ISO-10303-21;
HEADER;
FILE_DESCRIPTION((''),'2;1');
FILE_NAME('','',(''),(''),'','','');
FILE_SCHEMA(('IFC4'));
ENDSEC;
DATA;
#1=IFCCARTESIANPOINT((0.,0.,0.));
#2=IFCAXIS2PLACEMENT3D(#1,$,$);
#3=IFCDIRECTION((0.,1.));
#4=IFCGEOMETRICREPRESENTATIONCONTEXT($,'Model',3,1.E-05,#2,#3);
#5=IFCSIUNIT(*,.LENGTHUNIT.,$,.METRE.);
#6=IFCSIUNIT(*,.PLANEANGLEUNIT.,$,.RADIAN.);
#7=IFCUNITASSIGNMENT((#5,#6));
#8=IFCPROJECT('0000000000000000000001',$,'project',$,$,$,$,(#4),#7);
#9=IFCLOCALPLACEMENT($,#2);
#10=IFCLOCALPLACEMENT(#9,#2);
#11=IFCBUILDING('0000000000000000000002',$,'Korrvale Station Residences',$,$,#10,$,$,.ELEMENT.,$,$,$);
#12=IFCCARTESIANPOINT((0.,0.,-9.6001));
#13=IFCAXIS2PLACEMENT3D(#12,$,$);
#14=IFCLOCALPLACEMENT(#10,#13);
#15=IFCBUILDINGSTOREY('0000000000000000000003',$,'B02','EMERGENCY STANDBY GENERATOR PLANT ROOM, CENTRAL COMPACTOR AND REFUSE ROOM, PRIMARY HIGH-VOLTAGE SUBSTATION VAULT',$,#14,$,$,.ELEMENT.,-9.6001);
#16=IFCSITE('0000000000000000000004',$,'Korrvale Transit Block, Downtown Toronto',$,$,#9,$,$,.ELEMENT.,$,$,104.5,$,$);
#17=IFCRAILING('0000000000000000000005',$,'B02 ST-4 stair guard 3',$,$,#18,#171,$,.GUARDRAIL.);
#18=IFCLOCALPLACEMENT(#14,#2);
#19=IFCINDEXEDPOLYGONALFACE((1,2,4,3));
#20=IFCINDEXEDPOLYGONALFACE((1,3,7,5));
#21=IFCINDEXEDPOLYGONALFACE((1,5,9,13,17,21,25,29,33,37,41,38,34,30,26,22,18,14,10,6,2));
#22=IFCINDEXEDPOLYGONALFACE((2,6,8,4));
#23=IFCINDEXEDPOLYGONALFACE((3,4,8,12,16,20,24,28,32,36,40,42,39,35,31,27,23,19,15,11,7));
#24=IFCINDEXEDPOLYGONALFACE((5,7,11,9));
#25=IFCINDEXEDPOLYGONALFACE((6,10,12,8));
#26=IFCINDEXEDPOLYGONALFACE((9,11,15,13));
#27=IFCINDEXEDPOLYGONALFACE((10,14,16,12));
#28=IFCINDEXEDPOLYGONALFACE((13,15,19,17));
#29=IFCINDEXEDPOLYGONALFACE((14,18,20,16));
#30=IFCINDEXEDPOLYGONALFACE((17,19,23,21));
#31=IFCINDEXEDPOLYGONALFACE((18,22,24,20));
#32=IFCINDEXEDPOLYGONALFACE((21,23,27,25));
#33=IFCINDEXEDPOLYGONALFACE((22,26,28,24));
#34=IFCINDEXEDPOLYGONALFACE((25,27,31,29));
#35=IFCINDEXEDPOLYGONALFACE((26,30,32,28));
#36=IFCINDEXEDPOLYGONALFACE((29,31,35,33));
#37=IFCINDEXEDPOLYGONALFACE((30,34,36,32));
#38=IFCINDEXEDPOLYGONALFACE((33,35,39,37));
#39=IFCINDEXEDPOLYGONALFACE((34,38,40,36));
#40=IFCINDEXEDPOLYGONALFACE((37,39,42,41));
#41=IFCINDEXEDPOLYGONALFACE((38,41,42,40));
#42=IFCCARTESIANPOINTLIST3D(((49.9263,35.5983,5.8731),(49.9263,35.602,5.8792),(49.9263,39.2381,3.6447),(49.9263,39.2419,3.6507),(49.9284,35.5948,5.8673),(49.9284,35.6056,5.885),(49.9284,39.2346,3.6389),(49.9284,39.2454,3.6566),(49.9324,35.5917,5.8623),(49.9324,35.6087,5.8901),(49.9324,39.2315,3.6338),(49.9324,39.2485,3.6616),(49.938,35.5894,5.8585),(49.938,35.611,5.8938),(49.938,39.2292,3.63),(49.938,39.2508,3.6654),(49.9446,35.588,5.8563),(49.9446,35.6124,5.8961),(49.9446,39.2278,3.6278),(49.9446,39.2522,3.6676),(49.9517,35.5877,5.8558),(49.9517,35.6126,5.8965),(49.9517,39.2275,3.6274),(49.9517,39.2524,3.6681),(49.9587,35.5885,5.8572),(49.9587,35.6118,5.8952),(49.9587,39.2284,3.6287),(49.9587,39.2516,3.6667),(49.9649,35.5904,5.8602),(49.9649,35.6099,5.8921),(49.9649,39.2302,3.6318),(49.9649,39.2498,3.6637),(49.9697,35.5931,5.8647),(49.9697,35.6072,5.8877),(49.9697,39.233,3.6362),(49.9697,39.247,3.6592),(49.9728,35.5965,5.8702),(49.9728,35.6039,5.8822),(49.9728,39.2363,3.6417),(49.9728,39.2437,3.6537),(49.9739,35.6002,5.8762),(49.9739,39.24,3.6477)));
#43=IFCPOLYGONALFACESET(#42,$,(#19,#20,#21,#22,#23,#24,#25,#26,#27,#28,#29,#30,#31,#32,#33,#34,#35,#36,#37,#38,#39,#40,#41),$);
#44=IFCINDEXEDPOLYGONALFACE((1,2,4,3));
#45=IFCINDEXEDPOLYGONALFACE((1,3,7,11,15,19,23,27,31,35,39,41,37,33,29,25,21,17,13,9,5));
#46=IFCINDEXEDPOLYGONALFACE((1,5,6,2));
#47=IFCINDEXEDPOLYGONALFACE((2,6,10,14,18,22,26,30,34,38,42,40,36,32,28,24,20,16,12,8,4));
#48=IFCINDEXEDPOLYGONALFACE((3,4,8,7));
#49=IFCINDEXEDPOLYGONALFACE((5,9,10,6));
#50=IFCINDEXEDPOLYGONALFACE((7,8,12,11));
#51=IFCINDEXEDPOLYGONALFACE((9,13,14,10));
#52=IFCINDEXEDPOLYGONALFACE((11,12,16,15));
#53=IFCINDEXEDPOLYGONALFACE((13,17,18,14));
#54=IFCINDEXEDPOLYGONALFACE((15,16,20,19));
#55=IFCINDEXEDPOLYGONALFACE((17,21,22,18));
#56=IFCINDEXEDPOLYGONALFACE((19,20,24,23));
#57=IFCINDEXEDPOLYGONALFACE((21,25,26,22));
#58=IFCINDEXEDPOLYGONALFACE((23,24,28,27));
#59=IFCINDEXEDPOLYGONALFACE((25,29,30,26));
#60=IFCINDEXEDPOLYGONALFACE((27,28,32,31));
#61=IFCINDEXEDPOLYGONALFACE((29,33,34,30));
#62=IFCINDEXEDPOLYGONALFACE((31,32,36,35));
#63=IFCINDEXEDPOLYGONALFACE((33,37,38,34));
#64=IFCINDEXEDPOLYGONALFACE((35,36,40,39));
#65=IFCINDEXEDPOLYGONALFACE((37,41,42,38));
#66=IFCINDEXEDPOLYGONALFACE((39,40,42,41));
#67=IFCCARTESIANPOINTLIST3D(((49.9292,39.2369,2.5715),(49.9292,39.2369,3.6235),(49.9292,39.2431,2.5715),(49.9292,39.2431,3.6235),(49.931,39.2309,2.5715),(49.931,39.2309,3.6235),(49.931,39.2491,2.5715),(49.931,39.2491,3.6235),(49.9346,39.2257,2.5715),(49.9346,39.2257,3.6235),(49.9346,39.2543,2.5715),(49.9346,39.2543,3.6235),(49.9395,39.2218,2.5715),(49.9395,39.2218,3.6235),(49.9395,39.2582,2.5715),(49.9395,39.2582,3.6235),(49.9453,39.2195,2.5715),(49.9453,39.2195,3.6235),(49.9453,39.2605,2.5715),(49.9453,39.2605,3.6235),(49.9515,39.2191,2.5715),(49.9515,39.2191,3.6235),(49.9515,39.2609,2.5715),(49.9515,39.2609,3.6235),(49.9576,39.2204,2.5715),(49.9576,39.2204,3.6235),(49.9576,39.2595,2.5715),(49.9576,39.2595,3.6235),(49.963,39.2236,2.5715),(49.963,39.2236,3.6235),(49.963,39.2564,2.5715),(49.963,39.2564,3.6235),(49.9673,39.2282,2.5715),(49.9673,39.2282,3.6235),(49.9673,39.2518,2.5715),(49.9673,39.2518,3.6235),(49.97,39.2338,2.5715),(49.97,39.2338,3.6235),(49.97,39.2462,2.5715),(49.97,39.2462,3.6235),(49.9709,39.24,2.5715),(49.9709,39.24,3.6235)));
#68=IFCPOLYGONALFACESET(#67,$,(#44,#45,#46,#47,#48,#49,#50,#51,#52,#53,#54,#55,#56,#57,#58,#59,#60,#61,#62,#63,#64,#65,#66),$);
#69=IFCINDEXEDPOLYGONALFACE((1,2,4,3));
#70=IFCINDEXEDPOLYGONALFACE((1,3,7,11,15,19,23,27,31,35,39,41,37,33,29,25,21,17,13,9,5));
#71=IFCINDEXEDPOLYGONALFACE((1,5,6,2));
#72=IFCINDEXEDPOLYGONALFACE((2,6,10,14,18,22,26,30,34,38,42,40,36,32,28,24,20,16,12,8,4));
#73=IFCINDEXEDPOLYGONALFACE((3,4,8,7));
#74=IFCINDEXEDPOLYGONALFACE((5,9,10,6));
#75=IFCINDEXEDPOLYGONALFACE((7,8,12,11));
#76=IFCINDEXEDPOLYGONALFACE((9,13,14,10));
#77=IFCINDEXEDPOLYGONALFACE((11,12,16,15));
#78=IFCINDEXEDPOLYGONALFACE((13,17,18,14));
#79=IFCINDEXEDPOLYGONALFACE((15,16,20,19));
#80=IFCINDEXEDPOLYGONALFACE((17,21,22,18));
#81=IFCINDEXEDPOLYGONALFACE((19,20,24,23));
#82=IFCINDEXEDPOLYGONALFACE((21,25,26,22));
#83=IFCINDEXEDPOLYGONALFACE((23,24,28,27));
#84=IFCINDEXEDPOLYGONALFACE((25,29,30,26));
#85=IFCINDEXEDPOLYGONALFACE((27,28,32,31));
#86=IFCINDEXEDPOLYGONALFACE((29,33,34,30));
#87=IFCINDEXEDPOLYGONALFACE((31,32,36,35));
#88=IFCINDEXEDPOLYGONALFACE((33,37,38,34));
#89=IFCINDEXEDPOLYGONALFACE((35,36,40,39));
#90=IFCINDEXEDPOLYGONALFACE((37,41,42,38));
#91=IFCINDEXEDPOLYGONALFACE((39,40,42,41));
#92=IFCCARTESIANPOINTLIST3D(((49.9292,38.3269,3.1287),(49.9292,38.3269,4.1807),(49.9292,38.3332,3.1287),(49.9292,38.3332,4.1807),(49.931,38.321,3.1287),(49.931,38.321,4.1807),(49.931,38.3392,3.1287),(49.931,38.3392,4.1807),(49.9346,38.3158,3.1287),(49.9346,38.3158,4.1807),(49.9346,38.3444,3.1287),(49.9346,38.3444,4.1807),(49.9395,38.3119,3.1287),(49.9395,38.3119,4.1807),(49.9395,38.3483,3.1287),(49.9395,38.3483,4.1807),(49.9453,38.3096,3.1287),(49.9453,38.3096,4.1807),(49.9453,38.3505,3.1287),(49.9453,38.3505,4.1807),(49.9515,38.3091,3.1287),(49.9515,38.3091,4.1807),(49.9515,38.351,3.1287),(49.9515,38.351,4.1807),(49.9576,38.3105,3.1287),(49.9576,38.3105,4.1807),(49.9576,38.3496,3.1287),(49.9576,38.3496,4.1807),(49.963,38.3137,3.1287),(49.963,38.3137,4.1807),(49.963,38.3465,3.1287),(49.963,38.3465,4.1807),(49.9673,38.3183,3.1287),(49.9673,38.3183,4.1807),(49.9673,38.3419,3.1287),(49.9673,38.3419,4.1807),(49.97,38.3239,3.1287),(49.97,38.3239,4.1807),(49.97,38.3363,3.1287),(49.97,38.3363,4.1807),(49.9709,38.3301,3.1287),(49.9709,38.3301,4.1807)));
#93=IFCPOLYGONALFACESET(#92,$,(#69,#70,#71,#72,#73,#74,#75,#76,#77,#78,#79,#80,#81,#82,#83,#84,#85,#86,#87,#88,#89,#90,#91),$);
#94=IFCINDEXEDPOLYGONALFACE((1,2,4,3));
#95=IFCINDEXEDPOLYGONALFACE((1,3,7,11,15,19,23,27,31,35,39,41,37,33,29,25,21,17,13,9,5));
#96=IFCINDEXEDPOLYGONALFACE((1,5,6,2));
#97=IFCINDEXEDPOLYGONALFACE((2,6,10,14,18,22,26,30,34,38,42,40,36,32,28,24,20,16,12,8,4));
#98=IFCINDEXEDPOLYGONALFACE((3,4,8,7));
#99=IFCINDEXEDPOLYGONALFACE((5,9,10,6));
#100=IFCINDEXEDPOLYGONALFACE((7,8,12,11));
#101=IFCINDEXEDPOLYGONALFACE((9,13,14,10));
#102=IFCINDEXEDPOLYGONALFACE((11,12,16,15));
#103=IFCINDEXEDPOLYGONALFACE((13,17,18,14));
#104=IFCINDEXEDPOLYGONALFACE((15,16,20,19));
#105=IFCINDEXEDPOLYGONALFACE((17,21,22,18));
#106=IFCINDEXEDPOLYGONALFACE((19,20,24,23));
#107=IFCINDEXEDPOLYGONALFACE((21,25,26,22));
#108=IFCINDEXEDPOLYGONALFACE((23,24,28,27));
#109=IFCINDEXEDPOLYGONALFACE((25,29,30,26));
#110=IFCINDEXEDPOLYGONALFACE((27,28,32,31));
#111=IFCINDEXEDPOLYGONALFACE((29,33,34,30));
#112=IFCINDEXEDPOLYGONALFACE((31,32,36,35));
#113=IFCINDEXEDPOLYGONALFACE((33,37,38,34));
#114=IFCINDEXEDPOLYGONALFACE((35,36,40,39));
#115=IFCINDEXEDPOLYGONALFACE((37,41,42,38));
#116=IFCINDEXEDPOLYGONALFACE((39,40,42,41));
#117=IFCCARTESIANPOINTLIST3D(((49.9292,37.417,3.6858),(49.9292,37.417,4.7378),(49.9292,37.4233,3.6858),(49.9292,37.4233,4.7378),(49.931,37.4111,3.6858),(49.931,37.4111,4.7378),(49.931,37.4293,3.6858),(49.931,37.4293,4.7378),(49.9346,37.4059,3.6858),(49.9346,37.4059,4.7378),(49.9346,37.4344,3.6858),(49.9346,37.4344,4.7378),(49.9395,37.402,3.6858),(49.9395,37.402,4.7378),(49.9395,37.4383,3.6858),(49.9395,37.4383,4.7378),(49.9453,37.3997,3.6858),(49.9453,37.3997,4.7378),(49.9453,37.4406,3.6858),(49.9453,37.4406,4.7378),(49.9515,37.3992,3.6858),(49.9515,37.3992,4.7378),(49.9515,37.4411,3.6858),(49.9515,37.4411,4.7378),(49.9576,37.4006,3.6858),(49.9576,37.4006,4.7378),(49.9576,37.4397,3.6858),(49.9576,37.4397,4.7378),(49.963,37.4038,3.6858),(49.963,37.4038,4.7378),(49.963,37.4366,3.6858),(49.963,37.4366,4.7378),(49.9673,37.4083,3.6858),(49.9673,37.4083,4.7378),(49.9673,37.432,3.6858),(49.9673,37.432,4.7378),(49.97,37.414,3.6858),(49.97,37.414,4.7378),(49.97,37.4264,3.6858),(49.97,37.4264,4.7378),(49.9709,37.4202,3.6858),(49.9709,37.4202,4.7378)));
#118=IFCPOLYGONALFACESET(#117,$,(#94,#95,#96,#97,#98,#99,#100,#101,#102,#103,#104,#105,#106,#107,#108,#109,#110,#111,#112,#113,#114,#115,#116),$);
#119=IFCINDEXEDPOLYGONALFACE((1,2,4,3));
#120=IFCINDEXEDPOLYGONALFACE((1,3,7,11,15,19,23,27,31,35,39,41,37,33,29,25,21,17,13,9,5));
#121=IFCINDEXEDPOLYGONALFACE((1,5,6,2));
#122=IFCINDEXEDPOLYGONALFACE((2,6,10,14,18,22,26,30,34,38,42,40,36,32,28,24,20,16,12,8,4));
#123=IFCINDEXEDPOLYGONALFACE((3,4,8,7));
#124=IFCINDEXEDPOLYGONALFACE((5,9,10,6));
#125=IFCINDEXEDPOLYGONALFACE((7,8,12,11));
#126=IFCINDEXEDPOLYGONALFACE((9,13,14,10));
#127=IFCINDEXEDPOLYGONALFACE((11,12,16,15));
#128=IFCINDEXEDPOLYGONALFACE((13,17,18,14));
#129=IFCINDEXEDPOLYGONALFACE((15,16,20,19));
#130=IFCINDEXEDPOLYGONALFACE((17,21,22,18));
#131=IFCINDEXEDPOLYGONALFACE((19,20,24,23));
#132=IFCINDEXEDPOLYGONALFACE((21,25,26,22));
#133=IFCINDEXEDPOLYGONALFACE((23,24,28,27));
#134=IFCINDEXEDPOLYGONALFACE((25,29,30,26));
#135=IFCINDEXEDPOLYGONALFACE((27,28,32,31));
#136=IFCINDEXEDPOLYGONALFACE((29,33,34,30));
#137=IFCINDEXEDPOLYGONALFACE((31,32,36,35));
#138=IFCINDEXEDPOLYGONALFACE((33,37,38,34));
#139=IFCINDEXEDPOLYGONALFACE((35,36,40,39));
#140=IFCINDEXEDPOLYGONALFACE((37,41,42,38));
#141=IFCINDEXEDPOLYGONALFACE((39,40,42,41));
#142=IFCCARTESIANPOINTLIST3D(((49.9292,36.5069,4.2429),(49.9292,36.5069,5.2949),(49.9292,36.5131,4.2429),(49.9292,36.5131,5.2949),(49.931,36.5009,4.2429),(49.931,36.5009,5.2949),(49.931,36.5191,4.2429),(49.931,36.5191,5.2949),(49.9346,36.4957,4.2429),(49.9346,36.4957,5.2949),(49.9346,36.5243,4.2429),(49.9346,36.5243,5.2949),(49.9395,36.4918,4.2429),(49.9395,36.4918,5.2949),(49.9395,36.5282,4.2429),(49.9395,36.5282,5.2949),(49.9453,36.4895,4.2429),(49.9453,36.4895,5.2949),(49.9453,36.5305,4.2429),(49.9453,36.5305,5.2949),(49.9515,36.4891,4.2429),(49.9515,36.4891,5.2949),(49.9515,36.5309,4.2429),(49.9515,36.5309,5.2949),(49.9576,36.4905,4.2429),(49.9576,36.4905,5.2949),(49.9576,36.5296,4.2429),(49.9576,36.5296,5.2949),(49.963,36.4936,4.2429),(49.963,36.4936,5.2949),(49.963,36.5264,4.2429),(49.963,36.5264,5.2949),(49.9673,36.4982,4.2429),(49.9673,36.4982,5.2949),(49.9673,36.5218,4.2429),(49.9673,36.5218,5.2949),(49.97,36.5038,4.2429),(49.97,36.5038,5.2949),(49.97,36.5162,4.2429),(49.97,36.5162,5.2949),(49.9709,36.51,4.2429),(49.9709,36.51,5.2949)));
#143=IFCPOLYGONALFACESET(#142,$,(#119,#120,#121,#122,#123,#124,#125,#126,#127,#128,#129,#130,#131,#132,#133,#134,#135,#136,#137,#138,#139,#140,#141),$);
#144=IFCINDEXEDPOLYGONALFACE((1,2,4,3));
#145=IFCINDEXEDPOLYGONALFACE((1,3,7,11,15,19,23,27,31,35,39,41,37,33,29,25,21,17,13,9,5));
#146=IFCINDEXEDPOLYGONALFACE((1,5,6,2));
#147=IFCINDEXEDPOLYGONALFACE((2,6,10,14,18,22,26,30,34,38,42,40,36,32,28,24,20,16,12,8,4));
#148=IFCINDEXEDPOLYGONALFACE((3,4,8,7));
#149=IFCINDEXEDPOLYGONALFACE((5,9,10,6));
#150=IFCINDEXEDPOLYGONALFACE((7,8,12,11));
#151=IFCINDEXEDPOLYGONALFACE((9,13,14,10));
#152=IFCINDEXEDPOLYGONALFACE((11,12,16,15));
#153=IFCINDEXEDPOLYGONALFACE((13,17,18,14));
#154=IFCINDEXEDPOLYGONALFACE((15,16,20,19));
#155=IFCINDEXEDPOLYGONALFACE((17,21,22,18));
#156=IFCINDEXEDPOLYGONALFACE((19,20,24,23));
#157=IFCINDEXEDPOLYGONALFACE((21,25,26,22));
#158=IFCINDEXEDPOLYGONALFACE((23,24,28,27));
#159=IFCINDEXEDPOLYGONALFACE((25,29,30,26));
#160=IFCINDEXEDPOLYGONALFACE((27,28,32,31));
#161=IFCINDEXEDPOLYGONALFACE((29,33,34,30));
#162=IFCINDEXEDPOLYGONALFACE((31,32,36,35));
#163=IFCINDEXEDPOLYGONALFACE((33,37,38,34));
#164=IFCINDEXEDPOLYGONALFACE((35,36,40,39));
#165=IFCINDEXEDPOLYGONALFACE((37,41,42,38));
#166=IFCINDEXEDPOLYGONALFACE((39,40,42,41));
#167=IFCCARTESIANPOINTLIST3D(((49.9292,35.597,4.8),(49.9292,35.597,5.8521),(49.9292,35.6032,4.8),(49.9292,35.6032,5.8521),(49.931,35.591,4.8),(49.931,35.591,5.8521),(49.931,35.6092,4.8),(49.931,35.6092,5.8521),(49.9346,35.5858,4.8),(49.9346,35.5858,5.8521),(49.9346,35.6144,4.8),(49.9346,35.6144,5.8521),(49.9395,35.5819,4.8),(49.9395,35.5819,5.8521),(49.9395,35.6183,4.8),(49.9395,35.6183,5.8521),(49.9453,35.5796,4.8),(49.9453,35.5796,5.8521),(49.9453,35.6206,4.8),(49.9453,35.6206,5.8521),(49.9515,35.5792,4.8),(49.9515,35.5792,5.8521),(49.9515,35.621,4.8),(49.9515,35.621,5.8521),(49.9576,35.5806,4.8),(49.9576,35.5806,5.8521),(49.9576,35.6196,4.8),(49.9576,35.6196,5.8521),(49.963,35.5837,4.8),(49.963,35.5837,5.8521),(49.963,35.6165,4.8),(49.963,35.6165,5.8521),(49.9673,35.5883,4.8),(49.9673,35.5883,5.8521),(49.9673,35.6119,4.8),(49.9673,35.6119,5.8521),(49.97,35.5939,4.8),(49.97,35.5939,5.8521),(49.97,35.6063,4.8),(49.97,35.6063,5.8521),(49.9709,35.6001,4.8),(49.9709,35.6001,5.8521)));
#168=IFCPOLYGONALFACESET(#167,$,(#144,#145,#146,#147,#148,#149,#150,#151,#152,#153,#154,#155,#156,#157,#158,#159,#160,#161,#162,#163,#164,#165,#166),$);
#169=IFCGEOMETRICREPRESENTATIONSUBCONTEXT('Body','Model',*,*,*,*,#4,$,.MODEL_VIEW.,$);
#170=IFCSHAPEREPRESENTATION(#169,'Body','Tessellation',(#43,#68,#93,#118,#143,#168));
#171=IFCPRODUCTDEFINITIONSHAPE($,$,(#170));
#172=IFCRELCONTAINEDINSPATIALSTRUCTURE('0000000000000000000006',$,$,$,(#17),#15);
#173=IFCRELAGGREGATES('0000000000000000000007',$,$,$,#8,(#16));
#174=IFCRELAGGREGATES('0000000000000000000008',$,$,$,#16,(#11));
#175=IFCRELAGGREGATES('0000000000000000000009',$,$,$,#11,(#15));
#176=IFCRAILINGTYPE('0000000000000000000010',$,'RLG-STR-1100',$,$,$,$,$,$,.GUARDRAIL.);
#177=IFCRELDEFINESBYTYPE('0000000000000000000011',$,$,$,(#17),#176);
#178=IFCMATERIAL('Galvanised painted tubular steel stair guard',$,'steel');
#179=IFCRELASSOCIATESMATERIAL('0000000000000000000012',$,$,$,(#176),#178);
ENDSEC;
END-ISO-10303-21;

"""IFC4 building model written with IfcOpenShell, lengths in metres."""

from ifc_helpers import new_model, si_unit, direction, frame, origin, origin_2d, place, context, subcontext, project, spatial, circle, extrude, material, type_object, element, save


model = new_model("IFC4")

# Units and contexts
model_context = context("Model", 3, precision=1e-05, world=origin(), true_north=direction((0.0, 1.0)))
body_context = subcontext(model_context, "Body", "Model", "MODEL_VIEW")
ifc_project = project(units=[si_unit("LENGTHUNIT", "METRE"), si_unit("PLANEANGLEUNIT", "RADIAN")], contexts=[model_context])

# Site, building, storey
site_placement = place(None, origin())
site = spatial("IfcSite", under=ifc_project, at=site_placement, Name="Korrvale Transit Block, Downtown Toronto", CompositionType="ELEMENT", RefElevation=104.5)
building_placement = place(site_placement, origin())
building = spatial("IfcBuilding", under=site, at=building_placement, Name="Korrvale Station Residences", CompositionType="ELEMENT")
storey_placement = place(building_placement, frame((0.0, 0.0, -9.6001)))
storey = spatial("IfcBuildingStorey", under=building, at=storey_placement, Name="B02", Description="EMERGENCY STANDBY GENERATOR PLANT ROOM, CENTRAL COMPACTOR AND REFUSE ROOM, PRIMARY HIGH-VOLTAGE SUBSTATION VAULT", CompositionType="ELEMENT", Elevation=-9.6001)

# Railing
ifc_material_1 = material(Name="Galvanised painted tubular steel stair guard", Category="steel")
railing_type_1 = type_object("IfcRailingType", Name="RLG-STR-1100", PredefinedType="GUARDRAIL", material=ifc_material_1)
railing_1_placement = place(storey_placement, frame((49.95, 39.24, 2.5715)))
element("IfcRailing", 1, at=railing_1_placement, inside=storey, type_object=railing_type_1, Name="B02 ST-4 stair guard 3", PredefinedType="GUARDRAIL", context=body_context, shape_type="SweptSolid", body=[
    extrude(circle(Radius=0.0239, at=origin_2d()), frame((0.0, 0.0, 1.0762), z_axis=(0.0, -0.85285, 0.522156), x_axis=(1.0, 0.0, 0.0)), (0.0, 0.0, 1.0), 4.2678),
    extrude(circle(Radius=0.021, at=origin_2d()), origin(), (0.0, 0.0, 1.0), 1.052),
    extrude(circle(Radius=0.021, at=origin_2d()), frame((0.0, -0.9099, 0.5571)), (0.0, 0.0, 1.0), 1.052),
    extrude(circle(Radius=0.021, at=origin_2d()), frame((0.0, -1.8198, 1.1143)), (0.0, 0.0, 1.0), 1.052),
    extrude(circle(Radius=0.021, at=origin_2d()), frame((0.0, -2.73, 1.6714)), (0.0, 0.0, 1.0), 1.052),
    extrude(circle(Radius=0.021, at=origin_2d()), frame((0.0, -3.6399, 2.2285)), (0.0, 0.0, 1.0), 1.052),
])

save(model, "model.ifc")
